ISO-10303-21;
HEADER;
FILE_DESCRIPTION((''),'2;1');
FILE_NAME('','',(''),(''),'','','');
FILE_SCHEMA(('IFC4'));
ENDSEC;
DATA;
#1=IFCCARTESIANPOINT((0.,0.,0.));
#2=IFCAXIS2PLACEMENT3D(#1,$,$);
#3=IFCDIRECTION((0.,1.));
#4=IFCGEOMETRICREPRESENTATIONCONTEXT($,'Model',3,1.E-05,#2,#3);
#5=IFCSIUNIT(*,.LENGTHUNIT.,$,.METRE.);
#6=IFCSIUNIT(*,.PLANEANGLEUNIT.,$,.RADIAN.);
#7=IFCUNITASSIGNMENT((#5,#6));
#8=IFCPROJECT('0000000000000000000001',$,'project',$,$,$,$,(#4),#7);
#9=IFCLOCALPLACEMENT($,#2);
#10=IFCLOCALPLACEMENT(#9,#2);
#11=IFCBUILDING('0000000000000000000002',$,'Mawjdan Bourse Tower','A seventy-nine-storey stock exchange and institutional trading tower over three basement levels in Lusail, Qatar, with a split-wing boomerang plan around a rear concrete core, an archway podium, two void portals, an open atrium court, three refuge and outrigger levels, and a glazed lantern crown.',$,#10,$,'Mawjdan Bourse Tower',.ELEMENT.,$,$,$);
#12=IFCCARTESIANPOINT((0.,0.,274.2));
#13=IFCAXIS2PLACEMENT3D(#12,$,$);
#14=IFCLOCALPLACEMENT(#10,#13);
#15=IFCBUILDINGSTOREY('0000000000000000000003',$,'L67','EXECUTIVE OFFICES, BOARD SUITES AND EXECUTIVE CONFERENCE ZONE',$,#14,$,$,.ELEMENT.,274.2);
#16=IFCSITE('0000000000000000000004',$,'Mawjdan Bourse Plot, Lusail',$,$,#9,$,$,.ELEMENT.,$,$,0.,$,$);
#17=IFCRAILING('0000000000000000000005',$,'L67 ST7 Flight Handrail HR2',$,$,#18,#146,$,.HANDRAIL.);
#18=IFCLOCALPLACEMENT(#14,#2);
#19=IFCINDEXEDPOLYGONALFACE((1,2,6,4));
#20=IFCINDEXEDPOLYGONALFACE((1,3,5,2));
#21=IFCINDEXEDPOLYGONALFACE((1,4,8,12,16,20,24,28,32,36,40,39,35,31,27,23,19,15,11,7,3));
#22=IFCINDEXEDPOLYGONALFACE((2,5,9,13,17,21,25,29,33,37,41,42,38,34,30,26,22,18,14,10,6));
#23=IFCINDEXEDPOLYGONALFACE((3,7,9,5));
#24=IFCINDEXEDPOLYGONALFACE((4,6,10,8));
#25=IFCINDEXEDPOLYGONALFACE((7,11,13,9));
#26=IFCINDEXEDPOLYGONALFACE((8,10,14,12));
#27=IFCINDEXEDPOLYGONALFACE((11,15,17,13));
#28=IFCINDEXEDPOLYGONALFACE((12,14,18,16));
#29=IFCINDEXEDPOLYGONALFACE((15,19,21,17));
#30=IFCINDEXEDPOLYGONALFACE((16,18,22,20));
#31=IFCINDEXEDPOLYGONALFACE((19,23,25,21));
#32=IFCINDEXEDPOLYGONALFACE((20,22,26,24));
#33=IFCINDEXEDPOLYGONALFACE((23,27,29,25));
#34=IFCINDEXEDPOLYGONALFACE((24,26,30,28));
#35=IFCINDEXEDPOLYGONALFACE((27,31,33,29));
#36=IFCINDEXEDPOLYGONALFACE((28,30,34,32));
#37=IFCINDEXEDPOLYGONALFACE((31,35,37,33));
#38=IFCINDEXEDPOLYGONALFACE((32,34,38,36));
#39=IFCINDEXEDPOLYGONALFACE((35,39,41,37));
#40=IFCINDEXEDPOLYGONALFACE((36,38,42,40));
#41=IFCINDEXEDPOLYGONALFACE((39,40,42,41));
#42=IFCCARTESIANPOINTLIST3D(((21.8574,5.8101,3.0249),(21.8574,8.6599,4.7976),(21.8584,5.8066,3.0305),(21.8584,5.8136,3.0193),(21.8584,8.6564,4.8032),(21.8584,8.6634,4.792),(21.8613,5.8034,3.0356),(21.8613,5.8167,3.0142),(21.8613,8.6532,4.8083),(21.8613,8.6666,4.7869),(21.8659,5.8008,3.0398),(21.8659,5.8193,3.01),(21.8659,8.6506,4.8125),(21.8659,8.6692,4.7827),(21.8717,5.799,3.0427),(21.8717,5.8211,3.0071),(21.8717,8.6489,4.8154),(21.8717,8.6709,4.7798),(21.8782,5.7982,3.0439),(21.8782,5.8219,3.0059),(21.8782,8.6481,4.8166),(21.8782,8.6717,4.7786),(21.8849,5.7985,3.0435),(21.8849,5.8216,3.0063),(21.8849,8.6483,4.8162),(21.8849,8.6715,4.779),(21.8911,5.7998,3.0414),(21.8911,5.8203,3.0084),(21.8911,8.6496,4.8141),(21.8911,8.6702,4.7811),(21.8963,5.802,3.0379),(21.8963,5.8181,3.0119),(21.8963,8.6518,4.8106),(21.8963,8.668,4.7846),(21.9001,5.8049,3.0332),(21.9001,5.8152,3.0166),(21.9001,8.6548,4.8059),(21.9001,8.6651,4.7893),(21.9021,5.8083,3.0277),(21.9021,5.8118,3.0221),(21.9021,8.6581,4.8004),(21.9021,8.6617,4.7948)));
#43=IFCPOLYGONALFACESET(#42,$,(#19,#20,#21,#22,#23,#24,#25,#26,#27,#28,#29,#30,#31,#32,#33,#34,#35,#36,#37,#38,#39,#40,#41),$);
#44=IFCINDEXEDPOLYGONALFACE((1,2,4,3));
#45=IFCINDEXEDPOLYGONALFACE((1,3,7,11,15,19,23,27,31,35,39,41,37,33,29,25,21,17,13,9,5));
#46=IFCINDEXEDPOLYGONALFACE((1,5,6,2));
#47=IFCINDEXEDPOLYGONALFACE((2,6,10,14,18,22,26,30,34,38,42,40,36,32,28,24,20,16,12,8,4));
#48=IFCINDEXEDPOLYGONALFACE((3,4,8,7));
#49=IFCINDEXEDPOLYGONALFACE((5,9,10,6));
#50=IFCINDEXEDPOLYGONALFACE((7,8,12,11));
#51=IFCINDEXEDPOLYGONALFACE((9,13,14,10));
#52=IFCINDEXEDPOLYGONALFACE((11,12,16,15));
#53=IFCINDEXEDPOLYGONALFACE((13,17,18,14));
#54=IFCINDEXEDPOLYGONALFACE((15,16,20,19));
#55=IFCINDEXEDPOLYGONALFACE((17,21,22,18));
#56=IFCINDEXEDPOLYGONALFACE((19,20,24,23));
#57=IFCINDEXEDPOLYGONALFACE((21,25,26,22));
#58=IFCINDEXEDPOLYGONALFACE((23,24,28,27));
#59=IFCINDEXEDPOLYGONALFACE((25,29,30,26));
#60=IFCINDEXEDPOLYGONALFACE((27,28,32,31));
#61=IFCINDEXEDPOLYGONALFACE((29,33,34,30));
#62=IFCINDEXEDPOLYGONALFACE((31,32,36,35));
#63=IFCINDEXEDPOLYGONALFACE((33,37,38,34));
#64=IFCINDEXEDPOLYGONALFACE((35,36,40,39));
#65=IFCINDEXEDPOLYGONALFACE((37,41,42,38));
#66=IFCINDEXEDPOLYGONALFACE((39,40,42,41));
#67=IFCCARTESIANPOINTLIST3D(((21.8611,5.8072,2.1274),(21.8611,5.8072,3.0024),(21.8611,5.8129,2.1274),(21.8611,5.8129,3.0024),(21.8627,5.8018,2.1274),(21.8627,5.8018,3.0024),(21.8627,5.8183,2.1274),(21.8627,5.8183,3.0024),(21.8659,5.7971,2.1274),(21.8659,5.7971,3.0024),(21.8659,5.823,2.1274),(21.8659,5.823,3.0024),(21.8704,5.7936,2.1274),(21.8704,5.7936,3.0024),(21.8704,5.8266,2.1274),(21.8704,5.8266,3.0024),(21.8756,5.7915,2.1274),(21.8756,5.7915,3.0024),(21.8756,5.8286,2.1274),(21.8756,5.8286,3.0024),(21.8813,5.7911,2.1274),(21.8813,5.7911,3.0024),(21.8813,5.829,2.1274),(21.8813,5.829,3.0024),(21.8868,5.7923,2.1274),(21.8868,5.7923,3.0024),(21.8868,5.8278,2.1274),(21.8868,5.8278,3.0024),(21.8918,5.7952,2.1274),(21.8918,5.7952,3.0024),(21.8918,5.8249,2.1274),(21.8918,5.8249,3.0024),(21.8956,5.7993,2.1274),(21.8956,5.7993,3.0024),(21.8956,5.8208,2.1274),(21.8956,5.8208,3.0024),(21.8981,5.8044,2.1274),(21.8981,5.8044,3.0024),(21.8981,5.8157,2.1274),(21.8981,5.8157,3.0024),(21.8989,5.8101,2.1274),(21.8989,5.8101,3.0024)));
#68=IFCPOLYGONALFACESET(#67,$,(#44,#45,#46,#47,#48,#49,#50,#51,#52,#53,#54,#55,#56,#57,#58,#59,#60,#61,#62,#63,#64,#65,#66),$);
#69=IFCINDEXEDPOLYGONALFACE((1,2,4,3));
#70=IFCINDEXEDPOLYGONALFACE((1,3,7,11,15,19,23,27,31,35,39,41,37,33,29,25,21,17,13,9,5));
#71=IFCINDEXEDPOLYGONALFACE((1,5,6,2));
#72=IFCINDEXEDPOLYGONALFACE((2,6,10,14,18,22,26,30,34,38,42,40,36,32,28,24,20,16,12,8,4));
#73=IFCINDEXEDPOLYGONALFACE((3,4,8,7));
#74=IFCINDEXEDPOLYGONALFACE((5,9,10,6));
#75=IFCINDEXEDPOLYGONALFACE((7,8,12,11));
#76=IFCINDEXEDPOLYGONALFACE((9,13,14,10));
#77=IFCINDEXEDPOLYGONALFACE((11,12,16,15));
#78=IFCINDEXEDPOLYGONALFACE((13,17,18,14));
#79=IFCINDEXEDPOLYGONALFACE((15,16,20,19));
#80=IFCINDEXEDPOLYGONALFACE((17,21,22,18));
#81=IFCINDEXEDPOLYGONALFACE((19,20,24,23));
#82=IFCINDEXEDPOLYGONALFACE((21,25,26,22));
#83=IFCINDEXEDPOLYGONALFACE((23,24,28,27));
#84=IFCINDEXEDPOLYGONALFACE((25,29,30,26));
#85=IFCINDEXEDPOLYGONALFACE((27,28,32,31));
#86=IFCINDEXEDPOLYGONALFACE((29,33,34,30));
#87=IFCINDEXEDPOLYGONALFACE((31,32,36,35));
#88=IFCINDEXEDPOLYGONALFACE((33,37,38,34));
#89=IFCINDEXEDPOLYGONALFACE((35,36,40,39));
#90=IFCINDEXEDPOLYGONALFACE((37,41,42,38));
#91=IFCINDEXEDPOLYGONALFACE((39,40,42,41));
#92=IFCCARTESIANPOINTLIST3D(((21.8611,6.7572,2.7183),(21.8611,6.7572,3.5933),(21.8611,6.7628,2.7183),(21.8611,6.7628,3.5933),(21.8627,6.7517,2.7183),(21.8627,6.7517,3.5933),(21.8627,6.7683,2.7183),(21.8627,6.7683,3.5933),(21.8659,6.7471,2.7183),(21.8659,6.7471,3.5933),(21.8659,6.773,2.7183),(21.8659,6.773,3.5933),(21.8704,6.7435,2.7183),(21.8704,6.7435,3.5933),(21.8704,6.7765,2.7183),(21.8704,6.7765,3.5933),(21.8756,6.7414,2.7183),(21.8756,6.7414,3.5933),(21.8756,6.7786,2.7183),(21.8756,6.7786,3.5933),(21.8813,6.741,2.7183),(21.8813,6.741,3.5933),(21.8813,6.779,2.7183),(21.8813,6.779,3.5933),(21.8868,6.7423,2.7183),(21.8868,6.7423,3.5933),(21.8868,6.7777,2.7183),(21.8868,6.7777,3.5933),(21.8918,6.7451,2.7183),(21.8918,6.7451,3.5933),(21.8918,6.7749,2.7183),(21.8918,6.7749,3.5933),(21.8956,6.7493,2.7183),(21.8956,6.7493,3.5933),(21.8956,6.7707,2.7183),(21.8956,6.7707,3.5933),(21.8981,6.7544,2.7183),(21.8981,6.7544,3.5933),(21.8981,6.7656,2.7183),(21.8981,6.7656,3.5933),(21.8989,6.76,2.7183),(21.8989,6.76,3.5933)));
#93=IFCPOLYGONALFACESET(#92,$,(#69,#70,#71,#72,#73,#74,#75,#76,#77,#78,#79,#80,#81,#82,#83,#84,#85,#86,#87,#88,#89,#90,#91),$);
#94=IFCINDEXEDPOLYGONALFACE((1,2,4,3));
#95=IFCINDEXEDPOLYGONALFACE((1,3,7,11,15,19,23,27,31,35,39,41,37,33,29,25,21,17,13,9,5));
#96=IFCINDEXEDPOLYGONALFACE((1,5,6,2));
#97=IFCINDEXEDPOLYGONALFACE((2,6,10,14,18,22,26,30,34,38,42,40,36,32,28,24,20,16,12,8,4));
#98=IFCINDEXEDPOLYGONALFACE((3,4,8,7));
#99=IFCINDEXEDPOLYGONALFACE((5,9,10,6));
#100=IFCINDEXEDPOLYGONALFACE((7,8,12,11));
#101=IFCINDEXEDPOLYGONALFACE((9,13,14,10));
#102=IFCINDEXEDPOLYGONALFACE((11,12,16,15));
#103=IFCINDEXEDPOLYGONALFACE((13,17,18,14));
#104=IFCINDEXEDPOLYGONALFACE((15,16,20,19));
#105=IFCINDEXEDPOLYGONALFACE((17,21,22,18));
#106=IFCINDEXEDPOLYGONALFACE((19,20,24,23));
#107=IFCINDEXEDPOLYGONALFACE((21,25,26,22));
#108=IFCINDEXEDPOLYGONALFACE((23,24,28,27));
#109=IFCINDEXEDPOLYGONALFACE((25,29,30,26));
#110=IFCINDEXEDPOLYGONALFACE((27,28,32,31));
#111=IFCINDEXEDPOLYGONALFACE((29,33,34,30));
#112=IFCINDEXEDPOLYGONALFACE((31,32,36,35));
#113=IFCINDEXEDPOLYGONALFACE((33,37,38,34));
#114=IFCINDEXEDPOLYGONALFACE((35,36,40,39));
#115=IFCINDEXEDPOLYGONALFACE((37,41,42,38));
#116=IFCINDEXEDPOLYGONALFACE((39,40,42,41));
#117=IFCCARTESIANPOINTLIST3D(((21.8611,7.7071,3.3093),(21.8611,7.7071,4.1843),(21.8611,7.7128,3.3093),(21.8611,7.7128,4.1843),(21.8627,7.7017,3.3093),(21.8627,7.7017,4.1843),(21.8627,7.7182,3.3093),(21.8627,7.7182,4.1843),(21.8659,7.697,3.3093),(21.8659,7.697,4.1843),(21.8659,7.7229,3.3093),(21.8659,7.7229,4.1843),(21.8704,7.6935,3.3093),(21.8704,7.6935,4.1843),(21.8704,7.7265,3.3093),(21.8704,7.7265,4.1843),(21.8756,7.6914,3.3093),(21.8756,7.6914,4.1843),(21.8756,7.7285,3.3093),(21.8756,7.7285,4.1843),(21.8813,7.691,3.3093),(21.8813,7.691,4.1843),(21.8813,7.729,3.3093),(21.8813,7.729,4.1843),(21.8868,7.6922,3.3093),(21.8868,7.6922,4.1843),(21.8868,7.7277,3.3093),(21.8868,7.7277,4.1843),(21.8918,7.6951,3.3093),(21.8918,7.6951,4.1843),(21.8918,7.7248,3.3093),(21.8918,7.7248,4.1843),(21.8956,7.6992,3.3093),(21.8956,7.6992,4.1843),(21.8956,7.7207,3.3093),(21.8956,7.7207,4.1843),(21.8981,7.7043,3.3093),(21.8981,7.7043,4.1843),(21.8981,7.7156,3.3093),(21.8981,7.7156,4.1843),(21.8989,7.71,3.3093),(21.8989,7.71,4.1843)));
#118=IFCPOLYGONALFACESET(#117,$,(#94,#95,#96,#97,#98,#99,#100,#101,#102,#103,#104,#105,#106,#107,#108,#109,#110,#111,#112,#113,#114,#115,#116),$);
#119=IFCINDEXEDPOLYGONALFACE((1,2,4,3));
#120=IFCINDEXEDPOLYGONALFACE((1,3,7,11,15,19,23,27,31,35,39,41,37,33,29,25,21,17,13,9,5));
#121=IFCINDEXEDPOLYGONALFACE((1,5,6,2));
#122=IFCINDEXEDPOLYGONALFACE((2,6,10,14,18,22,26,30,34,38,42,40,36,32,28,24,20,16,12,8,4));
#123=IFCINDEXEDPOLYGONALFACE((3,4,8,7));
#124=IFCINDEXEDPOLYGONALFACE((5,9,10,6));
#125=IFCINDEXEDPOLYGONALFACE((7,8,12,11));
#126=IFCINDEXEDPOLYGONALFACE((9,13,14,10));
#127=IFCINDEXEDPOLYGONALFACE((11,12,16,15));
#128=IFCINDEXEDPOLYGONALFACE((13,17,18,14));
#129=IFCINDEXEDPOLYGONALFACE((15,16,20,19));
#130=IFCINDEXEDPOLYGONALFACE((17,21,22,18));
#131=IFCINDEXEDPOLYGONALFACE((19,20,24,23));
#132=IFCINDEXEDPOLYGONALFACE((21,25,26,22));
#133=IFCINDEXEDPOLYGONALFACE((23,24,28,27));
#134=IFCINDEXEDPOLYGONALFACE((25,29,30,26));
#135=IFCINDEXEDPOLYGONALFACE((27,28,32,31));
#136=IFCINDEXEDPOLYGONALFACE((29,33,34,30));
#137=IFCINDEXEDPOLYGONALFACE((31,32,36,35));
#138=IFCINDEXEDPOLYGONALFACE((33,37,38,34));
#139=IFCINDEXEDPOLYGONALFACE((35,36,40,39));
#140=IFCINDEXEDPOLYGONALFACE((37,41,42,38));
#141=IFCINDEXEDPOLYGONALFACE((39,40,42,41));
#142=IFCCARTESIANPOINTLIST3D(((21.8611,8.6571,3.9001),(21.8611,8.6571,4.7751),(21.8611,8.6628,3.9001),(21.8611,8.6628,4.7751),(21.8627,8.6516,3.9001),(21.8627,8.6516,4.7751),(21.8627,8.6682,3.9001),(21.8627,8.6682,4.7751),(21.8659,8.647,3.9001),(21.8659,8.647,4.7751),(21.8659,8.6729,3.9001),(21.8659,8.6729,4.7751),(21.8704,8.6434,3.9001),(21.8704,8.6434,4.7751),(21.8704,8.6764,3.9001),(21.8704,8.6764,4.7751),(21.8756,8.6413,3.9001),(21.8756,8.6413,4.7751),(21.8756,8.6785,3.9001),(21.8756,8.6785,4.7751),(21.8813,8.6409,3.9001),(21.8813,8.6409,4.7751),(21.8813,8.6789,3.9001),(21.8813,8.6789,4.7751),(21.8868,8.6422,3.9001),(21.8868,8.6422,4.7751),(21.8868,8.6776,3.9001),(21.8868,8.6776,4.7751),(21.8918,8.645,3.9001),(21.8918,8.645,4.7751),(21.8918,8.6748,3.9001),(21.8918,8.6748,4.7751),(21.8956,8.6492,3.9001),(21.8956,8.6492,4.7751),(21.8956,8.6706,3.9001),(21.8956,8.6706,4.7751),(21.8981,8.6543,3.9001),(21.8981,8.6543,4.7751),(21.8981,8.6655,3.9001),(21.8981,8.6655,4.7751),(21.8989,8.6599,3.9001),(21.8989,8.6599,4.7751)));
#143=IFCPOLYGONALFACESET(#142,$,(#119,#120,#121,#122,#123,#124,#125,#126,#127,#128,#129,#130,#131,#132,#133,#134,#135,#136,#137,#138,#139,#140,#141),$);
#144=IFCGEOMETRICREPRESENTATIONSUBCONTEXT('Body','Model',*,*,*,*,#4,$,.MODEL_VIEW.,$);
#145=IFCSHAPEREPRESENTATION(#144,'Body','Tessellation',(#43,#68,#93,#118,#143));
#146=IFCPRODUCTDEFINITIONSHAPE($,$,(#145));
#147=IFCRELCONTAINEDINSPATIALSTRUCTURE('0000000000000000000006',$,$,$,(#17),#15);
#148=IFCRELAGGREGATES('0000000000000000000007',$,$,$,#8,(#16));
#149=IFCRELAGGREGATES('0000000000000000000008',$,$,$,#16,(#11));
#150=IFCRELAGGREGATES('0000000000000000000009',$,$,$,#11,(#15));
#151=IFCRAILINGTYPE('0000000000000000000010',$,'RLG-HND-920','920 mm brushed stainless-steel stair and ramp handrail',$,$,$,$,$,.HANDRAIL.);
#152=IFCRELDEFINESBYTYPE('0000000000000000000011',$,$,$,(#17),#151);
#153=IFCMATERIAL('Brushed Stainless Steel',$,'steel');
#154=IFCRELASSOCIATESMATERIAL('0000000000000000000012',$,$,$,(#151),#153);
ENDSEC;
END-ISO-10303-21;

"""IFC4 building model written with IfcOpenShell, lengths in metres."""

from ifc_helpers import new_model, si_unit, direction, frame, origin, origin_2d, place, context, subcontext, project, spatial, circle, extrude, material, type_object, element, save


model = new_model("IFC4")

# Units and contexts
model_context = context("Model", 3, precision=1e-05, world=origin(), true_north=direction((0.0, 1.0)))
body_context = subcontext(model_context, "Body", "Model", "MODEL_VIEW")
ifc_project = project(units=[si_unit("LENGTHUNIT", "METRE"), si_unit("PLANEANGLEUNIT", "RADIAN")], contexts=[model_context])

# Site, building, storey
site_placement = place(None, origin())
site = spatial("IfcSite", under=ifc_project, at=site_placement, Name="Mawjdan Bourse Plot, Lusail", CompositionType="ELEMENT", RefElevation=0.0)
building_placement = place(site_placement, origin())
building = spatial("IfcBuilding", under=site, at=building_placement, Name="Mawjdan Bourse Tower", Description="A seventy-nine-storey stock exchange and institutional trading tower over three basement levels in Lusail, Qatar, with a split-wing boomerang plan around a rear concrete core, an archway podium, two void portals, an open atrium court, three refuge and outrigger levels, and a glazed lantern crown.", LongName="Mawjdan Bourse Tower", CompositionType="ELEMENT")
storey_placement = place(building_placement, frame((0.0, 0.0, 274.2)))
storey = spatial("IfcBuildingStorey", under=building, at=storey_placement, Name="L67", Description="EXECUTIVE OFFICES, BOARD SUITES AND EXECUTIVE CONFERENCE ZONE", CompositionType="ELEMENT", Elevation=274.2)

# Railing
ifc_material_1 = material(Name="Brushed Stainless Steel", Category="steel")
railing_type = type_object("IfcRailingType", Name="RLG-HND-920", Description="920 mm brushed stainless-steel stair and ramp handrail", PredefinedType="HANDRAIL", material=ifc_material_1)
railing_placement = place(storey_placement, frame((21.8799, 5.8101, 2.1274)))
element("IfcRailing", 1, at=railing_placement, inside=storey, type_object=railing_type, Name="L67 ST7 Flight Handrail HR2", PredefinedType="HANDRAIL", context=body_context, shape_type="SweptSolid", body=[
    extrude(circle(Radius=0.0225, at=origin_2d()), frame((0.0, 0.0, 0.8975), z_axis=(0.0, 0.849128, 0.528187), x_axis=(-1.0, 0.0, 0.0)), (0.0, 0.0, 1.0), 3.3562),
    extrude(circle(Radius=0.019, at=origin_2d()), origin(), (0.0, 0.0, 1.0), 0.875),
    extrude(circle(Radius=0.019, at=origin_2d()), frame((0.0, 0.95, 0.5908)), (0.0, 0.0, 1.0), 0.875),
    extrude(circle(Radius=0.019, at=origin_2d()), frame((0.0, 1.8999, 1.1819)), (0.0, 0.0, 1.0), 0.875),
    extrude(circle(Radius=0.019, at=origin_2d()), frame((0.0, 2.8499, 1.7727)), (0.0, 0.0, 1.0), 0.875),
])

save(model, "model.ifc")
